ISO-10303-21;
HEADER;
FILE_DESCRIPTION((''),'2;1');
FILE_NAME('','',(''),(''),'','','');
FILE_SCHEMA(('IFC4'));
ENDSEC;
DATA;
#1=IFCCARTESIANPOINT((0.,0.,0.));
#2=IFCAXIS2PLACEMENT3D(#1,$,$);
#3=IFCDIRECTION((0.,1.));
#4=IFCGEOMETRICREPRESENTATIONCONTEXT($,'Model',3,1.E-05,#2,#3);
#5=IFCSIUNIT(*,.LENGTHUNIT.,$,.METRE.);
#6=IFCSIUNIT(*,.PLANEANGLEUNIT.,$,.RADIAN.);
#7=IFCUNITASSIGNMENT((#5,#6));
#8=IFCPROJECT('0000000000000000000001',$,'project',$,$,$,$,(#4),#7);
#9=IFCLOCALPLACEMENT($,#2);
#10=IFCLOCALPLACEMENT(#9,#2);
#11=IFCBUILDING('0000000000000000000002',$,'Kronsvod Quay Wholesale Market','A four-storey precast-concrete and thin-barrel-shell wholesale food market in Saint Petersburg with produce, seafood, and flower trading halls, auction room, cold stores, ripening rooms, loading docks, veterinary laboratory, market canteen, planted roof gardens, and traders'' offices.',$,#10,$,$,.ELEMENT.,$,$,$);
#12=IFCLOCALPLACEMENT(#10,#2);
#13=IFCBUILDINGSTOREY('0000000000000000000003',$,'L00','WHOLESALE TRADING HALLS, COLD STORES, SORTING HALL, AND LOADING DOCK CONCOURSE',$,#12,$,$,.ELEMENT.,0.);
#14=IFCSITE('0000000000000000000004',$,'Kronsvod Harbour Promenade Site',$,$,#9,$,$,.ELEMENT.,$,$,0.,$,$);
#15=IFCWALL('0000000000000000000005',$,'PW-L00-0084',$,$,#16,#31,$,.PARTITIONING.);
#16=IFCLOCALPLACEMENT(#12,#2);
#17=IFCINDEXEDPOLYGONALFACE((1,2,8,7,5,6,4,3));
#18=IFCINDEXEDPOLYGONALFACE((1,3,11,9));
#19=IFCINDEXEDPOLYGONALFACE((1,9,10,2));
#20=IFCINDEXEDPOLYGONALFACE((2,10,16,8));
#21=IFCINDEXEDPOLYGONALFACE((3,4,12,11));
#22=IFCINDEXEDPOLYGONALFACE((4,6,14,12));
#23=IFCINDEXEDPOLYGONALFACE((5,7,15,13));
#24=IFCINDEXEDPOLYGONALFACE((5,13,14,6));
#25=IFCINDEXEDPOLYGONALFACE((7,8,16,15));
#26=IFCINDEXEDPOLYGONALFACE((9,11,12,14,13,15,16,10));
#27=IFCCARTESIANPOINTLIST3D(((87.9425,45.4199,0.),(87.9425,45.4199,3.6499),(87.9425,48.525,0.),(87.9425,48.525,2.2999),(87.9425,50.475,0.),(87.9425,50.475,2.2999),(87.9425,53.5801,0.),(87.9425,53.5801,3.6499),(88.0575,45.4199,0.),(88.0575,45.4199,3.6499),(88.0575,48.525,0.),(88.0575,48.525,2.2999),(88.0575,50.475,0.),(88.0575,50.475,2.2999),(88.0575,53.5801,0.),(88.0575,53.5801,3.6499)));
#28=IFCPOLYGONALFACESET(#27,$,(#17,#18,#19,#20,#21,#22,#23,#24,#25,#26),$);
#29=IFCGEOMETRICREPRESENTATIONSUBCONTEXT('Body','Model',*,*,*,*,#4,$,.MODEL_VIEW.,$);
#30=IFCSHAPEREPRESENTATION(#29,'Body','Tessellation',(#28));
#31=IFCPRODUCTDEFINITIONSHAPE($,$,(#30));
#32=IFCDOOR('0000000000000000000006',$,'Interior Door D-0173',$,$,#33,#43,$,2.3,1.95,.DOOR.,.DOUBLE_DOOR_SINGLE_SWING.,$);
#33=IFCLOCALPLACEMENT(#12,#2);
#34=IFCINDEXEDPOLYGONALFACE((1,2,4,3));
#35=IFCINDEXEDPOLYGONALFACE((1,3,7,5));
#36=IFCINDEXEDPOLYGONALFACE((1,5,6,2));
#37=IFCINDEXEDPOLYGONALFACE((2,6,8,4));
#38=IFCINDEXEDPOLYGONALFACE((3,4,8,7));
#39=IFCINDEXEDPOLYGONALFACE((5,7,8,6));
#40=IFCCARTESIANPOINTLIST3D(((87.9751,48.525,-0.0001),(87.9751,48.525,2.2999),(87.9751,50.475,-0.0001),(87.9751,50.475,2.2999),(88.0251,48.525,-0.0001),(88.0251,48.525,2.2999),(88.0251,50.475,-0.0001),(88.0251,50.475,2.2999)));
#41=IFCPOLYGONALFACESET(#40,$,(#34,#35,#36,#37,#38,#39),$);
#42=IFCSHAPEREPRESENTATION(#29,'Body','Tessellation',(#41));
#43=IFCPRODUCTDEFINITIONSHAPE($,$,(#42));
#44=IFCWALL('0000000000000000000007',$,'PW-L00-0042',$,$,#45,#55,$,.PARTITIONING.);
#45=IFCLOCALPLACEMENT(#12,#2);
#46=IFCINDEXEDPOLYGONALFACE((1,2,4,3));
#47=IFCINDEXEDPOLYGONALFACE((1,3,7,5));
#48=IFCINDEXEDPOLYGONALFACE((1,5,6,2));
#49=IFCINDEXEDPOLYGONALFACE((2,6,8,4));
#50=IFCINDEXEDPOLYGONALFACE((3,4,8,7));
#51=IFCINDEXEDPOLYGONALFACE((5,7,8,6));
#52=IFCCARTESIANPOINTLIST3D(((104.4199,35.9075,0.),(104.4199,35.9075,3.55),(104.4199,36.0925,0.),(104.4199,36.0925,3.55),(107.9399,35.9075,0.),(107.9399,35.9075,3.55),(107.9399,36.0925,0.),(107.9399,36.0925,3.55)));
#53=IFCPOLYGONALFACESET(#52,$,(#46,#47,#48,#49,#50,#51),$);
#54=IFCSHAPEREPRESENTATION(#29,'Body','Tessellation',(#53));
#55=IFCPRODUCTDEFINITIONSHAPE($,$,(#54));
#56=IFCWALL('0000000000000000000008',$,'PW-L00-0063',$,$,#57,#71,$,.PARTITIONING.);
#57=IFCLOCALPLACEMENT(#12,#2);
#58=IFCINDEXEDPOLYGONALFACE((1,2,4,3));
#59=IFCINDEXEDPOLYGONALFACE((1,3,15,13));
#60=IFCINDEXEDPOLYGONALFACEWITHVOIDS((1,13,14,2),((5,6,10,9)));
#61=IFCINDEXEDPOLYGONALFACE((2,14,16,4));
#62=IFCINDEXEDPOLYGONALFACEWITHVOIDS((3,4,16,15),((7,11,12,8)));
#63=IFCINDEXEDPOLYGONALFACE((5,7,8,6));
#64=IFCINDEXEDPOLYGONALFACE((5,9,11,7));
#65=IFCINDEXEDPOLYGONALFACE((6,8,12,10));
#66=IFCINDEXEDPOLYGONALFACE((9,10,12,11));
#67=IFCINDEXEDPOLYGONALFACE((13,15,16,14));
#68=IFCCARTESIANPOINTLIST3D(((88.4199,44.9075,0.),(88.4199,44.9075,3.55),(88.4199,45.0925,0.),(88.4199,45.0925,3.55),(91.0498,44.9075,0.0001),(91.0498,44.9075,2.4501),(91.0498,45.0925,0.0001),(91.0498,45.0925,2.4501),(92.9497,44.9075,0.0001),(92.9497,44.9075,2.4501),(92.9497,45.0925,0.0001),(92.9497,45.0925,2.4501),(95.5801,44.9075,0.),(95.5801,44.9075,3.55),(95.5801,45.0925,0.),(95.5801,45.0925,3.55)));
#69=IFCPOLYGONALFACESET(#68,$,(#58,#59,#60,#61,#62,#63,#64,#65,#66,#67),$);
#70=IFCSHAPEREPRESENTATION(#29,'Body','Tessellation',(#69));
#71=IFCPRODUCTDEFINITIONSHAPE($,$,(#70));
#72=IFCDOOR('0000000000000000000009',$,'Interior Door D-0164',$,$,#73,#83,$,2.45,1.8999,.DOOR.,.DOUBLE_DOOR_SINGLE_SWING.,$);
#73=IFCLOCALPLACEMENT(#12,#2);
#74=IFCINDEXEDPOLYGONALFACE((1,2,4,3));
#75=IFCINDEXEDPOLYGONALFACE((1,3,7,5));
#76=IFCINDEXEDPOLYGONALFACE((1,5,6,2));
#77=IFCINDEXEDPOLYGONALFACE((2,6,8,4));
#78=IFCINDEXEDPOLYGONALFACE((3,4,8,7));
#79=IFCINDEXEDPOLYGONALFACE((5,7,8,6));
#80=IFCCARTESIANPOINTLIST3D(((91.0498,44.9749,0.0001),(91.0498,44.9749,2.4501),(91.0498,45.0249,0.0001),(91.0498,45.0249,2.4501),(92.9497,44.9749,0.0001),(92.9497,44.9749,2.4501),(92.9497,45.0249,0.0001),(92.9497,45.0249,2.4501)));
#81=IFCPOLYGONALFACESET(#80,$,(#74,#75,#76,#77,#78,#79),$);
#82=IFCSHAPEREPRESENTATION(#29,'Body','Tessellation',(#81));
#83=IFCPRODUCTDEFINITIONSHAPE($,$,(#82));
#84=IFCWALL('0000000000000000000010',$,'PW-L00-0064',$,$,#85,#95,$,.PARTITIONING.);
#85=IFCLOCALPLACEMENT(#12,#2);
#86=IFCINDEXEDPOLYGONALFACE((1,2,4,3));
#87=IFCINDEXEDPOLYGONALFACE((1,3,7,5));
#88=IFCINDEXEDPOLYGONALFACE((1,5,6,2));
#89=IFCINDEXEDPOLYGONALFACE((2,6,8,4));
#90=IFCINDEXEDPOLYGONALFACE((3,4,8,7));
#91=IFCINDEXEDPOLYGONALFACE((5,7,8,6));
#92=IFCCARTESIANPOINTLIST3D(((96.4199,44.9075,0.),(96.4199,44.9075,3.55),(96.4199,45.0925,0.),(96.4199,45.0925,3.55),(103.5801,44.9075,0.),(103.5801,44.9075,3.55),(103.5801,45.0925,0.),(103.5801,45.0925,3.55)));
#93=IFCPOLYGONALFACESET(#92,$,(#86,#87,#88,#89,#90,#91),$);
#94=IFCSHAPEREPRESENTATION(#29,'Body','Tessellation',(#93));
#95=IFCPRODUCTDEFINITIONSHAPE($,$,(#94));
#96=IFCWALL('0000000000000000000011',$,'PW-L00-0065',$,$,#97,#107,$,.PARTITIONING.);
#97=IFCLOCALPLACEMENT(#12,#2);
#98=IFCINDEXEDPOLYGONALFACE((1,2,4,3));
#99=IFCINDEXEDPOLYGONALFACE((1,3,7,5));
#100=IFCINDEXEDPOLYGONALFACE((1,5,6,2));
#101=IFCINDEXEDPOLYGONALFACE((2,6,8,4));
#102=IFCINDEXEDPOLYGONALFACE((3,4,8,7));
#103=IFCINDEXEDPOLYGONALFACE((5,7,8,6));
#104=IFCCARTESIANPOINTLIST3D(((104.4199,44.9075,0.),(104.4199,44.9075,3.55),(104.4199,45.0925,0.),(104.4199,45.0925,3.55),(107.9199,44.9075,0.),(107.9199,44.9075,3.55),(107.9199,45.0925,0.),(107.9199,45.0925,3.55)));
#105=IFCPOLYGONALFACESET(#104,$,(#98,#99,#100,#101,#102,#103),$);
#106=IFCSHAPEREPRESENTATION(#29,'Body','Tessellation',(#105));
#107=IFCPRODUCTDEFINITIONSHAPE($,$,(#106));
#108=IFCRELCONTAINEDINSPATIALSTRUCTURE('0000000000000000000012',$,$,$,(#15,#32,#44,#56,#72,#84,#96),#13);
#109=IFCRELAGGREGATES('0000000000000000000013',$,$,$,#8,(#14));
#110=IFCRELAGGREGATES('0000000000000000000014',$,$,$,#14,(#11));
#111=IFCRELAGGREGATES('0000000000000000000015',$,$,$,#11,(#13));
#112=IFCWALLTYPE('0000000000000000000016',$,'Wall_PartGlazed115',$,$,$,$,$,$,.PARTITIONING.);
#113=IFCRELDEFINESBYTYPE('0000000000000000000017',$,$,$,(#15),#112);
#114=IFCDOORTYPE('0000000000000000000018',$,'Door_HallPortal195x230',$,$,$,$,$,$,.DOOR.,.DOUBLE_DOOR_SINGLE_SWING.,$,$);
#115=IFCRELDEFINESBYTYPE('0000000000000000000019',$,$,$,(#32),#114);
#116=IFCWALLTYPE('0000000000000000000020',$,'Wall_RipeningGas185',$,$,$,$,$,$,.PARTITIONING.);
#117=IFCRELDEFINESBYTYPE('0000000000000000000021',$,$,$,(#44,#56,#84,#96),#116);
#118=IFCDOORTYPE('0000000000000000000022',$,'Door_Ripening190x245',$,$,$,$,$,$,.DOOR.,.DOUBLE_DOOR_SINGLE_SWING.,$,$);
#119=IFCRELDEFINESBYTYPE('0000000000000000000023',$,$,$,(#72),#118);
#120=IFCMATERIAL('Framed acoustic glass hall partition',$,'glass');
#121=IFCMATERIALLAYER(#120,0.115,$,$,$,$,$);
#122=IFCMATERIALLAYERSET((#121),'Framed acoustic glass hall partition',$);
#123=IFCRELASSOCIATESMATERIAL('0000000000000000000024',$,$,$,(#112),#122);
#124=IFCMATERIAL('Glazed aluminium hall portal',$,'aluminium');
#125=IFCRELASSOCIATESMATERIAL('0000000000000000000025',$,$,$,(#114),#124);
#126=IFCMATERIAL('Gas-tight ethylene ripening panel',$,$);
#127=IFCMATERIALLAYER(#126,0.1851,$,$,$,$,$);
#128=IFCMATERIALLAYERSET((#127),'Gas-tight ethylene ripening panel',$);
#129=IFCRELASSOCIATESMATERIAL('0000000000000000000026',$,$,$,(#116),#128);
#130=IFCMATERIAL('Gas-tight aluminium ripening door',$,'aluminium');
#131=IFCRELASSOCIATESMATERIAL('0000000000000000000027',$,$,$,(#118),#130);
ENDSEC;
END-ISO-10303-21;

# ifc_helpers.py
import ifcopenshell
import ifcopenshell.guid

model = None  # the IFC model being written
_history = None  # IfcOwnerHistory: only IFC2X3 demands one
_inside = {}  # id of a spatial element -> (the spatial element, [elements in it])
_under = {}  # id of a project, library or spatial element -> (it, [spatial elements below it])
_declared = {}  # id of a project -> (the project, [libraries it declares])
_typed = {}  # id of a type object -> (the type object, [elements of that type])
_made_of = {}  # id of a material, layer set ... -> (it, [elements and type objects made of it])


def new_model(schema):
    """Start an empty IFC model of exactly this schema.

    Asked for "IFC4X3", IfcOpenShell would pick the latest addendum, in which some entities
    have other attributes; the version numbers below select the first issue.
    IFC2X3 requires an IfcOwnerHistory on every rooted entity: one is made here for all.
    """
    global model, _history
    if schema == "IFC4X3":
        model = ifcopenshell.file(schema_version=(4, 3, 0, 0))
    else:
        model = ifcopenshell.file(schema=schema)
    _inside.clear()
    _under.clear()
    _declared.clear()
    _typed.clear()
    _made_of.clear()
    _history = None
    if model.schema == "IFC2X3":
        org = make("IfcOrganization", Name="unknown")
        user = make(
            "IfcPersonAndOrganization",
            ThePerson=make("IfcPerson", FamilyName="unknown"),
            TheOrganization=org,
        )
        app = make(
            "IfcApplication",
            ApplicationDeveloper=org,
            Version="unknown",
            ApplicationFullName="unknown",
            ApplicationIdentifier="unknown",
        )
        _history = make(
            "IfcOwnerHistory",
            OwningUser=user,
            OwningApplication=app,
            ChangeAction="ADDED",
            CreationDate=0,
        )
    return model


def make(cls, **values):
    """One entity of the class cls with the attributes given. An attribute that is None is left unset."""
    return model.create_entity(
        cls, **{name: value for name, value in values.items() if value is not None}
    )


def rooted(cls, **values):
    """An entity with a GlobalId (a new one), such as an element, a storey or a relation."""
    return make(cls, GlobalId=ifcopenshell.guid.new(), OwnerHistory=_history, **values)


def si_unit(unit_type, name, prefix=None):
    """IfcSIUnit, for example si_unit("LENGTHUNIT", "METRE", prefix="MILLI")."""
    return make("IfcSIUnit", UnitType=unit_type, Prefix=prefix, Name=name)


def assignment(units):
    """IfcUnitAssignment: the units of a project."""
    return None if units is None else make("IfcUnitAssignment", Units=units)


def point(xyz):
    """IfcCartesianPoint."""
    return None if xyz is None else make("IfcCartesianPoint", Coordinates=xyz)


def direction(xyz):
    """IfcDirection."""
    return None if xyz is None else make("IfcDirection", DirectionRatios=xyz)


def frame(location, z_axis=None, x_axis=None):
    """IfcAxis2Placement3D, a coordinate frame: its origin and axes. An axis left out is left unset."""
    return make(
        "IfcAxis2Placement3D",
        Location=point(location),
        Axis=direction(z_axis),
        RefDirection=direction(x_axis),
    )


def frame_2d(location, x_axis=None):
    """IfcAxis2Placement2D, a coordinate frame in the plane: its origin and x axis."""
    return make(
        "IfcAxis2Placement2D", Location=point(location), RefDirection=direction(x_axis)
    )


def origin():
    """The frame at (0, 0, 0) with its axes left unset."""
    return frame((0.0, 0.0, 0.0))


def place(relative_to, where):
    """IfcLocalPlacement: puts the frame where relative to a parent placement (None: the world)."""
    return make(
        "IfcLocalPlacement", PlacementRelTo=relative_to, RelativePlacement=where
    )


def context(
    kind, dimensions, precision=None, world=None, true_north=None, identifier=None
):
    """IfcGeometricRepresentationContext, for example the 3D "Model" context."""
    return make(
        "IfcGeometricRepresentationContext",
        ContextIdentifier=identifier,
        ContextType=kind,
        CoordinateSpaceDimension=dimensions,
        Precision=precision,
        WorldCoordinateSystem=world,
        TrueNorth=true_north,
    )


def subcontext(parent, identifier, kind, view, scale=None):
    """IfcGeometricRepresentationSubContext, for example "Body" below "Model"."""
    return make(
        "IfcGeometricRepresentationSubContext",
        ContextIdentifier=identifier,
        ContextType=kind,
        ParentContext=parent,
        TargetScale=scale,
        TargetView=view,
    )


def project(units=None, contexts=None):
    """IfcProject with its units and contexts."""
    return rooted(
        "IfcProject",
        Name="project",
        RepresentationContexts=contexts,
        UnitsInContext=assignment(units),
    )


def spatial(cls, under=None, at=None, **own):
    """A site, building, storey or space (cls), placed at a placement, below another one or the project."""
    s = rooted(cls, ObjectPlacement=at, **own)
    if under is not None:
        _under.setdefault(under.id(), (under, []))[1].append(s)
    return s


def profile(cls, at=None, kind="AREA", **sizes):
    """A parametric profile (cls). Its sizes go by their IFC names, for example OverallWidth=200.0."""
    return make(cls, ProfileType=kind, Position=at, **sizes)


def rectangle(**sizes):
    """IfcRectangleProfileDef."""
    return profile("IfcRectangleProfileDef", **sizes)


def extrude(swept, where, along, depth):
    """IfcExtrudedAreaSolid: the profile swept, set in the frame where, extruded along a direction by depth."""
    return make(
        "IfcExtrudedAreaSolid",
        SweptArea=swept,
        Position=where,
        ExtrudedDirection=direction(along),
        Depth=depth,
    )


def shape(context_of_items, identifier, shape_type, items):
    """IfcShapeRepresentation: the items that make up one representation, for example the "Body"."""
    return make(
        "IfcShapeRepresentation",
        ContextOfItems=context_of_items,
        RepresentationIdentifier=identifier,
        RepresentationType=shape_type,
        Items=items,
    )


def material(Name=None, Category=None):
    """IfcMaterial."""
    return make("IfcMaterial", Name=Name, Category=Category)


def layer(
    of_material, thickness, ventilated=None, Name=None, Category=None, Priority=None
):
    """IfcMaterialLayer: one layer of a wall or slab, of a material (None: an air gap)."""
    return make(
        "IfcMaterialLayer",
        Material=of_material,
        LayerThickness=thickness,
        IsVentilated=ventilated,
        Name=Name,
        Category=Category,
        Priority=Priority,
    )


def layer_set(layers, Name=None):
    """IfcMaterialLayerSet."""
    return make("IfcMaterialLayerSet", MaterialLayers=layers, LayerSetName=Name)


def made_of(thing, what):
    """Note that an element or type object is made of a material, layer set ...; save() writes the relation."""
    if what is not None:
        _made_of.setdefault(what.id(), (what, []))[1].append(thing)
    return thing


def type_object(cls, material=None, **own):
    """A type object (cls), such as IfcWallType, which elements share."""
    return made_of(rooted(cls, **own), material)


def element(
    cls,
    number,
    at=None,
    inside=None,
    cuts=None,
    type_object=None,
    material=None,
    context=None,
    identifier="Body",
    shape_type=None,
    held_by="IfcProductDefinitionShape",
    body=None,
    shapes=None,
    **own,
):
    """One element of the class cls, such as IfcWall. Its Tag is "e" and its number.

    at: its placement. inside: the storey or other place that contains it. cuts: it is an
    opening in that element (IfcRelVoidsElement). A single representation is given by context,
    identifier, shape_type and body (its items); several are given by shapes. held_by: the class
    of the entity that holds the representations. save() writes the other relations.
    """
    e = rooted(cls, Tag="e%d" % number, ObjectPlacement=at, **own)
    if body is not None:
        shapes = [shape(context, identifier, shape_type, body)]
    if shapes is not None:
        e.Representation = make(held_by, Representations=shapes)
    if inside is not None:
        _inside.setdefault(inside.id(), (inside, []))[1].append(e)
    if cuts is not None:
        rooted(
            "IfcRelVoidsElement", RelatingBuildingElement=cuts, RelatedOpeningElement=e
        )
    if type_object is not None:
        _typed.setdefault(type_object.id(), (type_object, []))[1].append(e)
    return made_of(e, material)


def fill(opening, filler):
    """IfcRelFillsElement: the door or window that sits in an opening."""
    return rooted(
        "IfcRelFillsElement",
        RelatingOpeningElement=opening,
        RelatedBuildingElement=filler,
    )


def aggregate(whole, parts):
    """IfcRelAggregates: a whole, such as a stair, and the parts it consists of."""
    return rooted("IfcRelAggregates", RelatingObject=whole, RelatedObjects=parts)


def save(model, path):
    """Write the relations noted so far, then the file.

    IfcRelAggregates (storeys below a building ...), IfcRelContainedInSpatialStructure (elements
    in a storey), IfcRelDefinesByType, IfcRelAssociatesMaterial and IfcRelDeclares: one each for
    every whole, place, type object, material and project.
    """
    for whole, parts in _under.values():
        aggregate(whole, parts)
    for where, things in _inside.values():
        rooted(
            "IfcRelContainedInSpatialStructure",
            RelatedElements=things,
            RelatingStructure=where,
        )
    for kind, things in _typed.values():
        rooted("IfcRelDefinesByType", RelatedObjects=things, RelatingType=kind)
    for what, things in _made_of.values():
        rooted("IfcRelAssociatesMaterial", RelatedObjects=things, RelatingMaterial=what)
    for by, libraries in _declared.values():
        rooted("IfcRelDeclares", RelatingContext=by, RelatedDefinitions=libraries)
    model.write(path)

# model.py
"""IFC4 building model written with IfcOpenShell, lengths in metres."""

from ifc_helpers import new_model, si_unit, direction, frame, frame_2d, origin, place, context, subcontext, project, spatial, rectangle, extrude, material, layer, layer_set, type_object, element, fill, save


model = new_model("IFC4")

# Units and contexts
model_context = context("Model", 3, precision=1e-05, world=origin(), true_north=direction((0.0, 1.0)))
body_context = subcontext(model_context, "Body", "Model", "MODEL_VIEW")
ifc_project = project(units=[si_unit("LENGTHUNIT", "METRE"), si_unit("PLANEANGLEUNIT", "RADIAN")], contexts=[model_context])

# Site, building, storey
site_placement = place(None, origin())
site = spatial("IfcSite", under=ifc_project, at=site_placement, Name="Kronsvod Harbour Promenade Site", CompositionType="ELEMENT", RefElevation=0.0)
building_placement = place(site_placement, origin())
building = spatial("IfcBuilding", under=site, at=building_placement, Name="Kronsvod Quay Wholesale Market", Description="A four-storey precast-concrete and thin-barrel-shell wholesale food market in Saint Petersburg with produce, seafood, and flower trading halls, auction room, cold stores, ripening rooms, loading docks, veterinary laboratory, market canteen, planted roof gardens, and traders' offices.", CompositionType="ELEMENT")
storey_placement = place(building_placement, origin())
storey = spatial("IfcBuildingStorey", under=building, at=storey_placement, Name="L00", Description="WHOLESALE TRADING HALLS, COLD STORES, SORTING HALL, AND LOADING DOCK CONCOURSE", CompositionType="ELEMENT", Elevation=0.0)

# Wall, opening, door
ifc_material_1 = material(Name="Framed acoustic glass hall partition", Category="glass")
ifc_layer_1 = layer(ifc_material_1, 0.115)
ifc_layer_set_1 = layer_set([ifc_layer_1], Name="Framed acoustic glass hall partition")
wall_type_1 = type_object("IfcWallType", Name="Wall_PartGlazed115", PredefinedType="PARTITIONING", material=ifc_layer_set_1)
wall_1_placement = place(storey_placement, frame((88.0, 45.4199, 0.0), z_axis=(0.0, 0.0, 1.0), x_axis=(0.0, 1.0, 0.0)))
wall_1 = element("IfcWall", 1, at=wall_1_placement, inside=storey, type_object=wall_type_1, Name="PW-L00-0084", PredefinedType="PARTITIONING", context=body_context, shape_type="SweptSolid", body=[
    extrude(rectangle(XDim=8.1602, YDim=0.115, at=frame_2d((4.0801, 0.0))), origin(), (0.0, 0.0, 1.0), 3.6499),
])
opening_1_placement = place(wall_1_placement, frame((3.105, 0.0, 0.0)))
opening_1 = element("IfcOpeningElement", 2, at=opening_1_placement, cuts=wall_1, PredefinedType="OPENING", context=body_context, shape_type="SweptSolid", body=[
    extrude(rectangle(XDim=1.95, YDim=2.3, at=frame_2d((0.9751, 1.1499))), frame((0.0, 0.0674, 0.0), z_axis=(0.0, -1.0, 0.0), x_axis=(1.0, 0.0, 0.0)), (0.0, 0.0, 1.0), 0.135),
])
ifc_material_2 = material(Name="Glazed aluminium hall portal", Category="aluminium")
door_type_1 = type_object("IfcDoorType", Name="Door_HallPortal195x230", OperationType="DOUBLE_DOOR_SINGLE_SWING", PredefinedType="DOOR", material=ifc_material_2)
door_1_placement = place(opening_1_placement, origin())
door_1 = element("IfcDoor", 3, at=door_1_placement, inside=storey, type_object=door_type_1, Name="Interior Door D-0173", OperationType="DOUBLE_DOOR_SINGLE_SWING", OverallHeight=2.3, OverallWidth=1.95, PredefinedType="DOOR", context=body_context, shape_type="SweptSolid", body=[
    extrude(rectangle(XDim=1.95, YDim=2.3, at=frame_2d((0.9751, 1.1499))), frame((0.0, 0.0249, 0.0), z_axis=(0.0, -1.0, 0.0), x_axis=(1.0, 0.0, 0.0)), (0.0, 0.0, 1.0), 0.05),
])
fill(opening_1, door_1)

# Wall
ifc_material_3 = material(Name="Gas-tight ethylene ripening panel")
ifc_layer_2 = layer(ifc_material_3, 0.1851)
ifc_layer_set_2 = layer_set([ifc_layer_2], Name="Gas-tight ethylene ripening panel")
wall_type_2 = type_object("IfcWallType", Name="Wall_RipeningGas185", PredefinedType="PARTITIONING", material=ifc_layer_set_2)
wall_2_placement = place(storey_placement, frame((104.4199, 36.0, 0.0), z_axis=(0.0, 0.0, 1.0), x_axis=(1.0, 0.0, 0.0)))
element("IfcWall", 4, at=wall_2_placement, inside=storey, type_object=wall_type_2, Name="PW-L00-0042", PredefinedType="PARTITIONING", context=body_context, shape_type="SweptSolid", body=[
    extrude(rectangle(XDim=3.52, YDim=0.1851, at=frame_2d((1.76, 0.0))), origin(), (0.0, 0.0, 1.0), 3.55),
])

# Wall, opening, door
wall_3_placement = place(storey_placement, frame((88.4199, 45.0, 0.0), z_axis=(0.0, 0.0, 1.0), x_axis=(1.0, 0.0, 0.0)))
wall_3 = element("IfcWall", 5, at=wall_3_placement, inside=storey, type_object=wall_type_2, Name="PW-L00-0063", PredefinedType="PARTITIONING", context=body_context, shape_type="SweptSolid", body=[
    extrude(rectangle(XDim=7.1602, YDim=0.1851, at=frame_2d((3.5801, 0.0))), origin(), (0.0, 0.0, 1.0), 3.55),
])
opening_2_placement = place(wall_3_placement, frame((2.6299, 0.0, 0.0)))
opening_2 = element("IfcOpeningElement", 6, at=opening_2_placement, cuts=wall_3, PredefinedType="OPENING", context=body_context, shape_type="SweptSolid", body=[
    extrude(rectangle(XDim=1.8999, YDim=2.45, at=frame_2d((0.95, 1.2251))), frame((0.0, 0.1025, 0.0), z_axis=(0.0, -1.0, 0.0), x_axis=(1.0, 0.0, 0.0)), (0.0, 0.0, 1.0), 0.2051),
])
ifc_material_4 = material(Name="Gas-tight aluminium ripening door", Category="aluminium")
door_type_2 = type_object("IfcDoorType", Name="Door_Ripening190x245", OperationType="DOUBLE_DOOR_SINGLE_SWING", PredefinedType="DOOR", material=ifc_material_4)
door_2_placement = place(opening_2_placement, origin())
door_2 = element("IfcDoor", 7, at=door_2_placement, inside=storey, type_object=door_type_2, Name="Interior Door D-0164", OperationType="DOUBLE_DOOR_SINGLE_SWING", OverallHeight=2.45, OverallWidth=1.8999, PredefinedType="DOOR", context=body_context, shape_type="SweptSolid", body=[
    extrude(rectangle(XDim=1.8999, YDim=2.45, at=frame_2d((0.95, 1.2251))), frame((0.0, 0.0249, 0.0), z_axis=(0.0, -1.0, 0.0), x_axis=(1.0, 0.0, 0.0)), (0.0, 0.0, 1.0), 0.05),
])
fill(opening_2, door_2)

# Walls
wall_4_placement = place(storey_placement, frame((96.4199, 45.0, 0.0), z_axis=(0.0, 0.0, 1.0), x_axis=(1.0, 0.0, 0.0)))
element("IfcWall", 8, at=wall_4_placement, inside=storey, type_object=wall_type_2, Name="PW-L00-0064", PredefinedType="PARTITIONING", context=body_context, shape_type="SweptSolid", body=[
    extrude(rectangle(XDim=7.1602, YDim=0.1851, at=frame_2d((3.5801, 0.0))), origin(), (0.0, 0.0, 1.0), 3.55),
])
wall_5_placement = place(storey_placement, frame((104.4199, 45.0, 0.0), z_axis=(0.0, 0.0, 1.0), x_axis=(1.0, 0.0, 0.0)))
element("IfcWall", 9, at=wall_5_placement, inside=storey, type_object=wall_type_2, Name="PW-L00-0065", PredefinedType="PARTITIONING", context=body_context, shape_type="SweptSolid", body=[
    extrude(rectangle(XDim=3.5, YDim=0.1851, at=frame_2d((1.75, 0.0))), origin(), (0.0, 0.0, 1.0), 3.55),
])

save(model, "model.ifc")
